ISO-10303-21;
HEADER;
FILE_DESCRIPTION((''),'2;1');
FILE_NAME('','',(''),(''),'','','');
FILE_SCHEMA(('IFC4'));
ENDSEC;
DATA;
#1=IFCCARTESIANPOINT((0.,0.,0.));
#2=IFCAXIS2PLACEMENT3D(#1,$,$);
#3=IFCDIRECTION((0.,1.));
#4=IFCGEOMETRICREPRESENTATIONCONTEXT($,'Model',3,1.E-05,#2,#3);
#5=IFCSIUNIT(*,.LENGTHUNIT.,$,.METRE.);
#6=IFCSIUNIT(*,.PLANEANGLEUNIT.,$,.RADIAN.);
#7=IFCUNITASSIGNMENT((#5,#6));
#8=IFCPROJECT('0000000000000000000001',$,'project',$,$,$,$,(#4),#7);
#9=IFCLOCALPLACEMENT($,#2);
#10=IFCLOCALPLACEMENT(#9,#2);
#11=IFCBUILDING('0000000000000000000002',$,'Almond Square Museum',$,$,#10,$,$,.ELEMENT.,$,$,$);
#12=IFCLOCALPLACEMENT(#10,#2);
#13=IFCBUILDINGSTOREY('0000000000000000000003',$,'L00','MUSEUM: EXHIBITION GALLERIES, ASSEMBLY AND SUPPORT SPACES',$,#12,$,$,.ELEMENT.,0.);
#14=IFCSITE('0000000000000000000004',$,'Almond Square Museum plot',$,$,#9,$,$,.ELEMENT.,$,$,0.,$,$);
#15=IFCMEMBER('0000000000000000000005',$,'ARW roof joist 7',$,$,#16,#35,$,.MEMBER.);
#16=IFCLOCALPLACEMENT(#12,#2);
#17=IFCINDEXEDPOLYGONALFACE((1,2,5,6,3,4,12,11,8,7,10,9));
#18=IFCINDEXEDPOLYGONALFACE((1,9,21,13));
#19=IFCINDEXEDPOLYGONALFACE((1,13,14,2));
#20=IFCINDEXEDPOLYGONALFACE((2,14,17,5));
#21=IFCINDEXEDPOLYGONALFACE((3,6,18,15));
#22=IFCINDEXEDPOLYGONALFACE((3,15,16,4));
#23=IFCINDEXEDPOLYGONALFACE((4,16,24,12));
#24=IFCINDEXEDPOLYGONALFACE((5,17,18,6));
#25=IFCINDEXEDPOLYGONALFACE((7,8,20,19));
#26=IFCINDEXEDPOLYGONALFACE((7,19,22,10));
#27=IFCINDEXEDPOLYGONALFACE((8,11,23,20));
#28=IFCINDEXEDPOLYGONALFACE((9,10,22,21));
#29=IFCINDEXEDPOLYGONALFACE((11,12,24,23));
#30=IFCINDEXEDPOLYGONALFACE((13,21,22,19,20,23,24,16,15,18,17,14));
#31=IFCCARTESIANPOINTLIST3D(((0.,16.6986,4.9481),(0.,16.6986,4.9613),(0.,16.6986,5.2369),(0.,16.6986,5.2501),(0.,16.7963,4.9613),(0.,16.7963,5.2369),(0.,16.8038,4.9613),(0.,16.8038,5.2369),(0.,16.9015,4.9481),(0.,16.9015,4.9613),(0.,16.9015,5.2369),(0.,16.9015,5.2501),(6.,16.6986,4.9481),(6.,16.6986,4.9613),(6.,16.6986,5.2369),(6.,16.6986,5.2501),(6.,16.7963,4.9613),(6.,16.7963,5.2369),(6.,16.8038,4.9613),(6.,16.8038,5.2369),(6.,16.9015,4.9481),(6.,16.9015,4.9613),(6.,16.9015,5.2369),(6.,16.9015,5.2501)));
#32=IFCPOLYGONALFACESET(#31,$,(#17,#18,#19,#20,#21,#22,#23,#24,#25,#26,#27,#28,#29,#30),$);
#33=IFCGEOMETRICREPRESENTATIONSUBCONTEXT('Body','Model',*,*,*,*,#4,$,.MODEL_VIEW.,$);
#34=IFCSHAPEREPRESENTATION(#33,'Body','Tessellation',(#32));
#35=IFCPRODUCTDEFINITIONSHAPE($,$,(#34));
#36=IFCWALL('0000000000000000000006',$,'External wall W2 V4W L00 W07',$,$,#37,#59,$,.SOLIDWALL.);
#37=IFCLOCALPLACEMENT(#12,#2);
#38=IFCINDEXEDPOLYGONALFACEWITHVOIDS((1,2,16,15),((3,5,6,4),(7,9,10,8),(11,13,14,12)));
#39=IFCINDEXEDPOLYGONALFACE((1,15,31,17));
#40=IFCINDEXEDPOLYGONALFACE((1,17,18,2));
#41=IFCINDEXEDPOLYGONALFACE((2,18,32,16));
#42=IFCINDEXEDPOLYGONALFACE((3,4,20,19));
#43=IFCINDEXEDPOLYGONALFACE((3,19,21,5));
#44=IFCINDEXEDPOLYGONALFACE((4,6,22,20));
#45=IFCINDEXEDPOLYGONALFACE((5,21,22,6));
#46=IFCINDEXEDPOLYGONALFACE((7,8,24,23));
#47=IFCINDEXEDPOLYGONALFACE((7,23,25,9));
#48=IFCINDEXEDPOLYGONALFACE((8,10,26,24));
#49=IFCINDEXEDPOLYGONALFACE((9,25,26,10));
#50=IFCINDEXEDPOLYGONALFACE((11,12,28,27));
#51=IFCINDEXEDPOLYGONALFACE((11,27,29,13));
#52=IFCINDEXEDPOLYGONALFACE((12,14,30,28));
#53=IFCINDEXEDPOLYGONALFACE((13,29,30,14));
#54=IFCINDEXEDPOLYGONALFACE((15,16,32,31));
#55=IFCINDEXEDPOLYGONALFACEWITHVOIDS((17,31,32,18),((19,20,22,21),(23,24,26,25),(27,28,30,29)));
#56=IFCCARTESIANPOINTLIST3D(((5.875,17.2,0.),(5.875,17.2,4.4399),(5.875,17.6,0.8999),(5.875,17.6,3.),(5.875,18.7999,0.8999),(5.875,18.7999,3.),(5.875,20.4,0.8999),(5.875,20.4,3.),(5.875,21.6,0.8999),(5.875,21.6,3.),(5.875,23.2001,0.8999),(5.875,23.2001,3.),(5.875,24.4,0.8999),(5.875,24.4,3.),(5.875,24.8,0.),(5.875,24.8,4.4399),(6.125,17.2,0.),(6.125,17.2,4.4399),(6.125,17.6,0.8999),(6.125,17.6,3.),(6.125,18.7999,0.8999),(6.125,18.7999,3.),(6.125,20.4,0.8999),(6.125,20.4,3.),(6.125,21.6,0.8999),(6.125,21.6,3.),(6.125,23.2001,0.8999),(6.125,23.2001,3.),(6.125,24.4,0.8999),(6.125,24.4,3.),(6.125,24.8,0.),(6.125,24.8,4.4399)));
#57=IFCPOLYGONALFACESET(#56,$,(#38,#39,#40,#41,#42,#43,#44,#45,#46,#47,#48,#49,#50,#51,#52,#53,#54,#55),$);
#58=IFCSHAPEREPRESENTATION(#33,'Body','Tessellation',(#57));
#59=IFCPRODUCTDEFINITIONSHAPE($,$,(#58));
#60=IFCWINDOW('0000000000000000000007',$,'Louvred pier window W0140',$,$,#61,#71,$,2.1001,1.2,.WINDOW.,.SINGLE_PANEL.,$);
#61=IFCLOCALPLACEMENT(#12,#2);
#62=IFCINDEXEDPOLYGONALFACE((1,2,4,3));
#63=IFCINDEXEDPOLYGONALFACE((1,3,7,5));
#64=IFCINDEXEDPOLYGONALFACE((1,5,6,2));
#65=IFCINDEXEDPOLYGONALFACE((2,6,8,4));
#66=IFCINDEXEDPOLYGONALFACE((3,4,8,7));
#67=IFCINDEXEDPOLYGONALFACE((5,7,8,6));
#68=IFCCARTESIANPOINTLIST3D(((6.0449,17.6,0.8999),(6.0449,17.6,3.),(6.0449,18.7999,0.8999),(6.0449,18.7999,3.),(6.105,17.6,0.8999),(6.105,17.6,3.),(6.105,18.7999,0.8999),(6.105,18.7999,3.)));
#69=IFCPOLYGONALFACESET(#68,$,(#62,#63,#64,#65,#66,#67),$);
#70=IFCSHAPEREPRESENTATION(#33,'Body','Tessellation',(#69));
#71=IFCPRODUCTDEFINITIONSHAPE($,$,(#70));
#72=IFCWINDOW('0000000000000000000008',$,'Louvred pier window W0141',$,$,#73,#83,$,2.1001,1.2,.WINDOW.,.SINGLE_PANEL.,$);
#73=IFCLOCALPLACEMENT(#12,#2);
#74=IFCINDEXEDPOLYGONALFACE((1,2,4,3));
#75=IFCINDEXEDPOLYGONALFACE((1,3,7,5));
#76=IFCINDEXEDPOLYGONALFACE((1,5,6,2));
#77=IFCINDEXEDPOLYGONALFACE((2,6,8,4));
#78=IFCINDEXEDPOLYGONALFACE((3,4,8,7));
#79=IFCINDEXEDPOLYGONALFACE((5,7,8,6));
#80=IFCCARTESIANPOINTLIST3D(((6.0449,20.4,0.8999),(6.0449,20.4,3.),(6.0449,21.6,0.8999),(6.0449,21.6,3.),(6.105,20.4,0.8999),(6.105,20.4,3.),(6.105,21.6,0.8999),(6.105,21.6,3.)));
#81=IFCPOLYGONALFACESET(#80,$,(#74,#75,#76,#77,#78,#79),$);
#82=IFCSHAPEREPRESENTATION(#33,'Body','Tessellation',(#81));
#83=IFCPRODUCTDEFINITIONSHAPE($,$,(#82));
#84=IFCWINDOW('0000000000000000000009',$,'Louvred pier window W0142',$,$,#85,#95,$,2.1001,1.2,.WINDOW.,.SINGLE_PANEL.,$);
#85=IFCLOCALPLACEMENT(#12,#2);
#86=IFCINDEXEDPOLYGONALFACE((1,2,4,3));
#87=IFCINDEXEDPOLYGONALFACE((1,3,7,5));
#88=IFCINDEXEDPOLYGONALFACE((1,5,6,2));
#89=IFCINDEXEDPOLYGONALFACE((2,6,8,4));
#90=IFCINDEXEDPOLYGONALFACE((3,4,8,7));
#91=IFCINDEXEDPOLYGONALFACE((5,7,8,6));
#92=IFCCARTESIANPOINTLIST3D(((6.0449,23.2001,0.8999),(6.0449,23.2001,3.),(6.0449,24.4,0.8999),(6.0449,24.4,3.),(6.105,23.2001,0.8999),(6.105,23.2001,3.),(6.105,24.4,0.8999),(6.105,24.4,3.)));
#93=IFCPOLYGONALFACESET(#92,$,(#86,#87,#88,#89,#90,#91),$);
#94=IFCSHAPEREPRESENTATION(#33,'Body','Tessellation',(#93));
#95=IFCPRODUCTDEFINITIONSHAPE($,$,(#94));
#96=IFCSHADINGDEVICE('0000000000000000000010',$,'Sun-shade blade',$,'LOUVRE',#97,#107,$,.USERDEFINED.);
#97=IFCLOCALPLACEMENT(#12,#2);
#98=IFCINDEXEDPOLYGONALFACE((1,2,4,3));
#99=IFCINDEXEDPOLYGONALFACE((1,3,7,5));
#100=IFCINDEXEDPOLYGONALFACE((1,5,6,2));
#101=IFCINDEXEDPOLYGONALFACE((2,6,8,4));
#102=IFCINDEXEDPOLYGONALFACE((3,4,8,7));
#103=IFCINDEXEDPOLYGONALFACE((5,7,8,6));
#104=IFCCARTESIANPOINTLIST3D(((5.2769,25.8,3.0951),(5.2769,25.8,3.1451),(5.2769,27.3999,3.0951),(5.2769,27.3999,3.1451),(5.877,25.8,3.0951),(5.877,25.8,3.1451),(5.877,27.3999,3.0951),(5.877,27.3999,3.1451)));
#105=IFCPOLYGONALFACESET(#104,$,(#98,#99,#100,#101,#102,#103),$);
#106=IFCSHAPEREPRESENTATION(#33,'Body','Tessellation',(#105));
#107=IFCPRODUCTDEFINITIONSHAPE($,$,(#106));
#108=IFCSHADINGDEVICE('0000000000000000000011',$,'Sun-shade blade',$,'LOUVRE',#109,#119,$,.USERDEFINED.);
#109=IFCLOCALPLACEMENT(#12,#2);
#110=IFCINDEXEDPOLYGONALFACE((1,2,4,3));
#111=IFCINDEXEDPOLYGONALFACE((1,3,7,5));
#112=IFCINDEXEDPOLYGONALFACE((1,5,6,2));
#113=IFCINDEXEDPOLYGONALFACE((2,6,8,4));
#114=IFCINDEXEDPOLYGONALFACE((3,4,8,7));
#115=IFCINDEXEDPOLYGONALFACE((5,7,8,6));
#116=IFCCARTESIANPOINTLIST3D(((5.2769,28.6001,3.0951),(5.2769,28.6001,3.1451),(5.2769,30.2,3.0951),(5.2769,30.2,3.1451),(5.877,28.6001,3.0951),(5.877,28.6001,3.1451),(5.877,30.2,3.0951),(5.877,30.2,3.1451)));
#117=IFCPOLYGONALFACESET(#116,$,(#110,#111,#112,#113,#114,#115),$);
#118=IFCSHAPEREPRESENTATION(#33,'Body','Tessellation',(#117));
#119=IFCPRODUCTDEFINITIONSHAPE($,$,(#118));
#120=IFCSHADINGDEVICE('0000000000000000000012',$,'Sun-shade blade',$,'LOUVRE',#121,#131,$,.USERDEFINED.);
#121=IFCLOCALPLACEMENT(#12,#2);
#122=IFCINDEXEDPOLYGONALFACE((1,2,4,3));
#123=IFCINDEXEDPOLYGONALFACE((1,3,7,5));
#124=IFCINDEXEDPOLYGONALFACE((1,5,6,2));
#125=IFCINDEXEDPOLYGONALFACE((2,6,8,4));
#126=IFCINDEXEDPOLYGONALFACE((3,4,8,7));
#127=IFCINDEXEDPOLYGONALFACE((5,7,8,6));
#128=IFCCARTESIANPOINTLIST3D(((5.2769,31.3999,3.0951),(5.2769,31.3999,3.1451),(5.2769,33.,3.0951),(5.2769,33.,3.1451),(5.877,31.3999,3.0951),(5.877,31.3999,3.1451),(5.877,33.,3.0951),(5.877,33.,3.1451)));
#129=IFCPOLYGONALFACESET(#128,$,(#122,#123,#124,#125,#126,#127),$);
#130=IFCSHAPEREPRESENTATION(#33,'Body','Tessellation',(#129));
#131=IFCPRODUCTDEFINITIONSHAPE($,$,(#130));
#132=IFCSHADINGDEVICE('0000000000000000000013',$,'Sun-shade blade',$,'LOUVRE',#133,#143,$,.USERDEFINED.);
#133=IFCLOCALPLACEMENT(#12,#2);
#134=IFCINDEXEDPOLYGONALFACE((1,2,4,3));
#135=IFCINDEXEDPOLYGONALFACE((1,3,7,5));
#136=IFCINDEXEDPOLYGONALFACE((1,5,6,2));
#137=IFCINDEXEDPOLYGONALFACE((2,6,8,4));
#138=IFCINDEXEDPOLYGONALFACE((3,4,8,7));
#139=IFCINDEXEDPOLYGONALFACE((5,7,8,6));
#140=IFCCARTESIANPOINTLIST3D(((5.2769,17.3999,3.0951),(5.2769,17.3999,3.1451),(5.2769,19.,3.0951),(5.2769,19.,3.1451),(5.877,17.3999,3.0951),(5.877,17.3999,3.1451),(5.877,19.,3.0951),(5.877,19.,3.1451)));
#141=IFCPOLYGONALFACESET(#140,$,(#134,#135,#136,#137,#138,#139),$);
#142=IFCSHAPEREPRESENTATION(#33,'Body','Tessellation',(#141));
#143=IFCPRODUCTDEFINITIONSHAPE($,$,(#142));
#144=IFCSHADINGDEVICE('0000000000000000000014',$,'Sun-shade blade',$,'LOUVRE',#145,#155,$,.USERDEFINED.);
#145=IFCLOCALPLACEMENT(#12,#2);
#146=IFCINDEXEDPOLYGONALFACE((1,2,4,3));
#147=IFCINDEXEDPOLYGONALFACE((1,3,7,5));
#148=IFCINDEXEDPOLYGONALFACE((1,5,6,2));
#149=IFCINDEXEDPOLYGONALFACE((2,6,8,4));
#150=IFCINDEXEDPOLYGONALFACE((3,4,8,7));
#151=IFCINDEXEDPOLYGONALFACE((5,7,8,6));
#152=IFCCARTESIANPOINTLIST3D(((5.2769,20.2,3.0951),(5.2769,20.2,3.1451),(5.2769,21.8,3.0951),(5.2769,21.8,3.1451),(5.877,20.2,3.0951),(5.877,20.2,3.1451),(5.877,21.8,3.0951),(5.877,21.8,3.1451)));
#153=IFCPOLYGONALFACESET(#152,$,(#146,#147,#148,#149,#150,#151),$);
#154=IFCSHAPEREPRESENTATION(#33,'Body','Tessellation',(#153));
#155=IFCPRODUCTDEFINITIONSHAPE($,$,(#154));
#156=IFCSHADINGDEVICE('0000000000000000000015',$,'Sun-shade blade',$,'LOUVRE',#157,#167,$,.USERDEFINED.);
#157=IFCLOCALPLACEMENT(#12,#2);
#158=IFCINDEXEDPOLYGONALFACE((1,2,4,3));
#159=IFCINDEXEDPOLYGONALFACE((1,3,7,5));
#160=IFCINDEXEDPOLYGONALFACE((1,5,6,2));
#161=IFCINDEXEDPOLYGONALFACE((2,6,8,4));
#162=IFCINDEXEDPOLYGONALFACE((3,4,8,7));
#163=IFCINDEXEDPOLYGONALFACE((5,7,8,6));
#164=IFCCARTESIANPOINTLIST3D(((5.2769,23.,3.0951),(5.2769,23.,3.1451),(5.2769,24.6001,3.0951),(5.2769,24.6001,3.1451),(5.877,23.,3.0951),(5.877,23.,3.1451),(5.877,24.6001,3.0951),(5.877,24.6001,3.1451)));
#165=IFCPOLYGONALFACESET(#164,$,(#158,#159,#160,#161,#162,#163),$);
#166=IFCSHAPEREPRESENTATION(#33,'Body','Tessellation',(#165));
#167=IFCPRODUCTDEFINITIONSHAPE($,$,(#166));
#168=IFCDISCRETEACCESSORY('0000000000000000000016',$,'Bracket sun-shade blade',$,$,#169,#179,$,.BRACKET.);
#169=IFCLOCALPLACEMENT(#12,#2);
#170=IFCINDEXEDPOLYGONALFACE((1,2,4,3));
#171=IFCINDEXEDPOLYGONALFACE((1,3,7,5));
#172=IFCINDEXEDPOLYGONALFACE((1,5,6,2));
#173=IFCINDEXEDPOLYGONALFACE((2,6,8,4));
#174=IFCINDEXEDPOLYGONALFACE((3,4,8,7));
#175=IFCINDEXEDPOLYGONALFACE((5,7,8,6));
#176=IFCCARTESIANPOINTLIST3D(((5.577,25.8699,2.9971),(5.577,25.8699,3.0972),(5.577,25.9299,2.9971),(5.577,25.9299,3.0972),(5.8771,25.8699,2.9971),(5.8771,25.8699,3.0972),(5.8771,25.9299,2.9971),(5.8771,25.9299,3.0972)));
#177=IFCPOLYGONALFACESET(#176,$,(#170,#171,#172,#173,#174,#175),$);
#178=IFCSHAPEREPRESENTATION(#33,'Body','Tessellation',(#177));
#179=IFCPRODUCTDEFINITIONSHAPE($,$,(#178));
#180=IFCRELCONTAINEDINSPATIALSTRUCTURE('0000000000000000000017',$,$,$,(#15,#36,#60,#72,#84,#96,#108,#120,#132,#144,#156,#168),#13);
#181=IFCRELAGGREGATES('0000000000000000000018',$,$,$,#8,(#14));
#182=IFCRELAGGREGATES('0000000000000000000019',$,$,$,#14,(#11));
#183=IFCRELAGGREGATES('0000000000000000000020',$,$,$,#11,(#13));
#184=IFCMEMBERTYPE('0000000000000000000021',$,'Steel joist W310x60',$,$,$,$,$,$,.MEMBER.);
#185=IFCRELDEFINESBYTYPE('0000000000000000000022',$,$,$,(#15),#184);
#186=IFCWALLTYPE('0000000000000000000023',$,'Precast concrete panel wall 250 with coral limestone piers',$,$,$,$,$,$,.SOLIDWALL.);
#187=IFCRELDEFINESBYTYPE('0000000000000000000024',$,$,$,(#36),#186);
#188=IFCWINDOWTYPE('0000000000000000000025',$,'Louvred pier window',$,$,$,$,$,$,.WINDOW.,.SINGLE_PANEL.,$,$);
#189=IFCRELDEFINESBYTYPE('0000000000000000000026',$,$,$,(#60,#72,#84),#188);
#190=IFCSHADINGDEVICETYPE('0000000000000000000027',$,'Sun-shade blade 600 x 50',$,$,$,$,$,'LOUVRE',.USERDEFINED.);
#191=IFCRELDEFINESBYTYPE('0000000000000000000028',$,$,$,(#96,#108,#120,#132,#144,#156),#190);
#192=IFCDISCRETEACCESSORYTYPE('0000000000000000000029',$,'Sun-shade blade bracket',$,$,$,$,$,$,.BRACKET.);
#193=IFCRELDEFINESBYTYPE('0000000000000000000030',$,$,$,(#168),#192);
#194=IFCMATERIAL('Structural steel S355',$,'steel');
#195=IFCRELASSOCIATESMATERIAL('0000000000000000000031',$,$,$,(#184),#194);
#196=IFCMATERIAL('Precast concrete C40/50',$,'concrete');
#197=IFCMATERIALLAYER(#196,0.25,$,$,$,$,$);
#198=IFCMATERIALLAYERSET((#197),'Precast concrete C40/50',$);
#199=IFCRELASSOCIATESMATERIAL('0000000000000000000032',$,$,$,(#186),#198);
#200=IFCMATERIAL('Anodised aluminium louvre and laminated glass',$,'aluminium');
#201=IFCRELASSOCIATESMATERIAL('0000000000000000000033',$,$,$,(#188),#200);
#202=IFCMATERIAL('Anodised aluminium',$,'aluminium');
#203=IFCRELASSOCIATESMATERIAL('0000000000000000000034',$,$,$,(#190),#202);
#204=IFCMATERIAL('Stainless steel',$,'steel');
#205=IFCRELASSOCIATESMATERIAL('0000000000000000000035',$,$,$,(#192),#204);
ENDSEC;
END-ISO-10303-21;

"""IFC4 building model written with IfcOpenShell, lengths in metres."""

from ifc_helpers import new_model, si_unit, direction, frame, frame_2d, origin, origin_2d, place, context, subcontext, project, spatial, rectangle, i_section, extrude, material, layer, layer_set, material_profile, profile_set, type_object, element, fill, save


model = new_model("IFC4")

# Units and contexts
model_context = context("Model", 3, precision=1e-05, world=origin(), true_north=direction((0.0, 1.0)))
body_context = subcontext(model_context, "Body", "Model", "MODEL_VIEW")
ifc_project = project(units=[si_unit("LENGTHUNIT", "METRE"), si_unit("PLANEANGLEUNIT", "RADIAN")], contexts=[model_context])

# Site, building, storey
site_placement = place(None, origin())
site = spatial("IfcSite", under=ifc_project, at=site_placement, Name="Almond Square Museum plot", CompositionType="ELEMENT", RefElevation=0.0)
building_placement = place(site_placement, origin())
building = spatial("IfcBuilding", under=site, at=building_placement, Name="Almond Square Museum", CompositionType="ELEMENT")
storey_placement = place(building_placement, origin())
storey = spatial("IfcBuildingStorey", under=building, at=storey_placement, Name="L00", Description="MUSEUM: EXHIBITION GALLERIES, ASSEMBLY AND SUPPORT SPACES", CompositionType="ELEMENT", Elevation=0.0)

# Member
ifc_material_1 = material(Name="Structural steel S355", Category="steel")
ifc_material_profile_1 = material_profile(ifc_material_1, i_section(OverallWidth=0.2029, OverallDepth=0.302, WebThickness=0.0076, FlangeThickness=0.0132, at=origin_2d()))
ifc_profile_set_1 = profile_set([ifc_material_profile_1], Name="Structural steel S355")
member_type = type_object("IfcMemberType", Name="Steel joist W310x60", PredefinedType="MEMBER", material=ifc_profile_set_1)
member_placement = place(storey_placement, frame((6.0, 16.8, 5.0991), z_axis=(-1.0, 0.0, 0.0), x_axis=(0.0, -1.0, 0.0)))
element("IfcMember", 1, at=member_placement, inside=storey, type_object=member_type, Name="ARW roof joist 7", PredefinedType="MEMBER", context=body_context, shape_type="SweptSolid", body=[
    extrude(i_section(OverallWidth=0.2029, OverallDepth=0.302, WebThickness=0.0076, FlangeThickness=0.0132, at=origin_2d()), origin(), (0.0, 0.0, 1.0), 6.0),
])

# Wall, openings, windows
ifc_material_2 = material(Name="Precast concrete C40/50", Category="concrete")
ifc_layer = layer(ifc_material_2, 0.25)
ifc_layer_set = layer_set([ifc_layer], Name="Precast concrete C40/50")
wall_type = type_object("IfcWallType", Name="Precast concrete panel wall 250 with coral limestone piers", PredefinedType="SOLIDWALL", material=ifc_layer_set)
wall_placement = place(storey_placement, frame((6.0, 17.2, 0.0), z_axis=(0.0, 0.0, 1.0), x_axis=(0.0, 1.0, 0.0)))
wall = element("IfcWall", 2, at=wall_placement, inside=storey, type_object=wall_type, Name="External wall W2 V4W L00 W07", PredefinedType="SOLIDWALL", context=body_context, shape_type="SweptSolid", body=[
    extrude(rectangle(XDim=7.6001, YDim=0.25, at=frame_2d((3.8, 0.0))), origin(), (0.0, 0.0, 1.0), 4.4399),
])
opening_1_placement = place(wall_placement, frame((0.3999, 0.0, 0.8999)))
opening_1 = element("IfcOpeningElement", 3, at=opening_1_placement, cuts=wall, PredefinedType="OPENING", context=body_context, shape_type="SweptSolid", body=[
    extrude(rectangle(XDim=1.2, YDim=2.1001, at=frame_2d((0.6001, 1.05))), frame((0.0, 0.135, 0.0), z_axis=(0.0, -1.0, 0.0), x_axis=(1.0, 0.0, 0.0)), (0.0, 0.0, 1.0), 0.27),
])
opening_2_placement = place(wall_placement, frame((3.2, 0.0, 0.8999)))
opening_2 = element("IfcOpeningElement", 4, at=opening_2_placement, cuts=wall, PredefinedType="OPENING", context=body_context, shape_type="SweptSolid", body=[
    extrude(rectangle(XDim=1.2, YDim=2.1001, at=frame_2d((0.6001, 1.05))), frame((0.0, 0.135, 0.0), z_axis=(0.0, -1.0, 0.0), x_axis=(1.0, 0.0, 0.0)), (0.0, 0.0, 1.0), 0.27),
])
opening_3_placement = place(wall_placement, frame((6.0, 0.0, 0.8999)))
opening_3 = element("IfcOpeningElement", 5, at=opening_3_placement, cuts=wall, PredefinedType="OPENING", context=body_context, shape_type="SweptSolid", body=[
    extrude(rectangle(XDim=1.2, YDim=2.1001, at=frame_2d((0.6001, 1.05))), frame((0.0, 0.135, 0.0), z_axis=(0.0, -1.0, 0.0), x_axis=(1.0, 0.0, 0.0)), (0.0, 0.0, 1.0), 0.27),
])
ifc_material_3 = material(Name="Anodised aluminium louvre and laminated glass", Category="aluminium")
window_type = type_object("IfcWindowType", Name="Louvred pier window", PartitioningType="SINGLE_PANEL", PredefinedType="WINDOW", material=ifc_material_3)
window_1_placement = place(opening_1_placement, origin())
window_1 = element("IfcWindow", 6, at=window_1_placement, inside=storey, type_object=window_type, Name="Louvred pier window W0140", OverallHeight=2.1001, OverallWidth=1.2, PartitioningType="SINGLE_PANEL", PredefinedType="WINDOW", context=body_context, shape_type="SweptSolid", body=[
    extrude(rectangle(XDim=1.2, YDim=2.1001, at=frame_2d((0.6001, 1.05))), frame((0.0, -0.0449, 0.0), z_axis=(0.0, -1.0, 0.0), x_axis=(1.0, 0.0, 0.0)), (0.0, 0.0, 1.0), 0.0601),
])
fill(opening_1, window_1)
window_2_placement = place(opening_2_placement, origin())
window_2 = element("IfcWindow", 7, at=window_2_placement, inside=storey, type_object=window_type, Name="Louvred pier window W0141", OverallHeight=2.1001, OverallWidth=1.2, PartitioningType="SINGLE_PANEL", PredefinedType="WINDOW", context=body_context, shape_type="SweptSolid", body=[
    extrude(rectangle(XDim=1.2, YDim=2.1001, at=frame_2d((0.6001, 1.05))), frame((0.0, -0.0449, 0.0), z_axis=(0.0, -1.0, 0.0), x_axis=(1.0, 0.0, 0.0)), (0.0, 0.0, 1.0), 0.0601),
])
fill(opening_2, window_2)
window_3_placement = place(opening_3_placement, origin())
window_3 = element("IfcWindow", 8, at=window_3_placement, inside=storey, type_object=window_type, Name="Louvred pier window W0142", OverallHeight=2.1001, OverallWidth=1.2, PartitioningType="SINGLE_PANEL", PredefinedType="WINDOW", context=body_context, shape_type="SweptSolid", body=[
    extrude(rectangle(XDim=1.2, YDim=2.1001, at=frame_2d((0.6001, 1.05))), frame((0.0, -0.0449, 0.0), z_axis=(0.0, -1.0, 0.0), x_axis=(1.0, 0.0, 0.0)), (0.0, 0.0, 1.0), 0.0601),
])
fill(opening_3, window_3)

# Shading devices
ifc_material_4 = material(Name="Anodised aluminium", Category="aluminium")
ifc_material_profile_2 = material_profile(ifc_material_4, rectangle(XDim=0.6001, YDim=0.05, at=origin_2d()))
ifc_profile_set_2 = profile_set([ifc_material_profile_2], Name="Anodised aluminium")
shading_device_type = type_object("IfcShadingDeviceType", Name="Sun-shade blade 600 x 50", ElementType="LOUVRE", PredefinedType="USERDEFINED", material=ifc_profile_set_2)
for number, where, z_axis, x_axis, name in (
    (9, (5.5769, 25.8, 3.1201), (0.0, 1.0, 0.0), (-1.0, 0.0, 0.0), "Sun-shade blade"),
    (10, (5.5769, 28.6001, 3.1201), (0.0, 1.0, 0.0), (-1.0, 0.0, 0.0), "Sun-shade blade"),
):
    element("IfcShadingDevice", number, at=place(storey_placement, frame(where, z_axis=z_axis, x_axis=x_axis)), inside=storey, type_object=shading_device_type, Name=name, ObjectType="LOUVRE", PredefinedType="USERDEFINED", context=body_context, shape_type="SweptSolid", body=[
        extrude(rectangle(XDim=0.6001, YDim=0.05, at=origin_2d()), origin(), (0.0, 0.0, 1.0), 1.5999),
    ])
for number, where, z_axis, x_axis, name in (
    (11, (5.5769, 31.3999, 3.1201), (0.0, 1.0, 0.0), (-1.0, 0.0, 0.0), "Sun-shade blade"),
    (12, (5.5769, 17.3999, 3.1201), (0.0, 1.0, 0.0), (-1.0, 0.0, 0.0), "Sun-shade blade"),
    (13, (5.5769, 20.2, 3.1201), (0.0, 1.0, 0.0), (-1.0, 0.0, 0.0), "Sun-shade blade"),
    (14, (5.5769, 23.0, 3.1201), (0.0, 1.0, 0.0), (-1.0, 0.0, 0.0), "Sun-shade blade"),
):
    element("IfcShadingDevice", number, at=place(storey_placement, frame(where, z_axis=z_axis, x_axis=x_axis)), inside=storey, type_object=shading_device_type, Name=name, ObjectType="LOUVRE", PredefinedType="USERDEFINED", context=body_context, shape_type="SweptSolid", body=[
        extrude(rectangle(XDim=0.6001, YDim=0.05, at=origin_2d()), origin(), (0.0, 0.0, 1.0), 1.6001),
    ])

# Discrete accessory
ifc_material_5 = material(Name="Stainless steel", Category="steel")
discrete_accessory_type = type_object("IfcDiscreteAccessoryType", Name="Sun-shade blade bracket", PredefinedType="BRACKET", material=ifc_material_5)
for number, where, z_axis, x_axis, name in (
    (15, (5.7271, 25.8999, 2.9971), (0.0, 0.0, 1.0), (1.0, 0.0, 0.0), "Bracket sun-shade blade"),
):
    element("IfcDiscreteAccessory", number, at=place(storey_placement, frame(where, z_axis=z_axis, x_axis=x_axis)), inside=storey, type_object=discrete_accessory_type, Name=name, PredefinedType="BRACKET", context=body_context, shape_type="SweptSolid", body=[
        extrude(rectangle(XDim=0.3, YDim=0.0601, at=origin_2d()), origin(), (0.0, 0.0, 1.0), 0.1001),
    ])

save(model, "model.ifc")
